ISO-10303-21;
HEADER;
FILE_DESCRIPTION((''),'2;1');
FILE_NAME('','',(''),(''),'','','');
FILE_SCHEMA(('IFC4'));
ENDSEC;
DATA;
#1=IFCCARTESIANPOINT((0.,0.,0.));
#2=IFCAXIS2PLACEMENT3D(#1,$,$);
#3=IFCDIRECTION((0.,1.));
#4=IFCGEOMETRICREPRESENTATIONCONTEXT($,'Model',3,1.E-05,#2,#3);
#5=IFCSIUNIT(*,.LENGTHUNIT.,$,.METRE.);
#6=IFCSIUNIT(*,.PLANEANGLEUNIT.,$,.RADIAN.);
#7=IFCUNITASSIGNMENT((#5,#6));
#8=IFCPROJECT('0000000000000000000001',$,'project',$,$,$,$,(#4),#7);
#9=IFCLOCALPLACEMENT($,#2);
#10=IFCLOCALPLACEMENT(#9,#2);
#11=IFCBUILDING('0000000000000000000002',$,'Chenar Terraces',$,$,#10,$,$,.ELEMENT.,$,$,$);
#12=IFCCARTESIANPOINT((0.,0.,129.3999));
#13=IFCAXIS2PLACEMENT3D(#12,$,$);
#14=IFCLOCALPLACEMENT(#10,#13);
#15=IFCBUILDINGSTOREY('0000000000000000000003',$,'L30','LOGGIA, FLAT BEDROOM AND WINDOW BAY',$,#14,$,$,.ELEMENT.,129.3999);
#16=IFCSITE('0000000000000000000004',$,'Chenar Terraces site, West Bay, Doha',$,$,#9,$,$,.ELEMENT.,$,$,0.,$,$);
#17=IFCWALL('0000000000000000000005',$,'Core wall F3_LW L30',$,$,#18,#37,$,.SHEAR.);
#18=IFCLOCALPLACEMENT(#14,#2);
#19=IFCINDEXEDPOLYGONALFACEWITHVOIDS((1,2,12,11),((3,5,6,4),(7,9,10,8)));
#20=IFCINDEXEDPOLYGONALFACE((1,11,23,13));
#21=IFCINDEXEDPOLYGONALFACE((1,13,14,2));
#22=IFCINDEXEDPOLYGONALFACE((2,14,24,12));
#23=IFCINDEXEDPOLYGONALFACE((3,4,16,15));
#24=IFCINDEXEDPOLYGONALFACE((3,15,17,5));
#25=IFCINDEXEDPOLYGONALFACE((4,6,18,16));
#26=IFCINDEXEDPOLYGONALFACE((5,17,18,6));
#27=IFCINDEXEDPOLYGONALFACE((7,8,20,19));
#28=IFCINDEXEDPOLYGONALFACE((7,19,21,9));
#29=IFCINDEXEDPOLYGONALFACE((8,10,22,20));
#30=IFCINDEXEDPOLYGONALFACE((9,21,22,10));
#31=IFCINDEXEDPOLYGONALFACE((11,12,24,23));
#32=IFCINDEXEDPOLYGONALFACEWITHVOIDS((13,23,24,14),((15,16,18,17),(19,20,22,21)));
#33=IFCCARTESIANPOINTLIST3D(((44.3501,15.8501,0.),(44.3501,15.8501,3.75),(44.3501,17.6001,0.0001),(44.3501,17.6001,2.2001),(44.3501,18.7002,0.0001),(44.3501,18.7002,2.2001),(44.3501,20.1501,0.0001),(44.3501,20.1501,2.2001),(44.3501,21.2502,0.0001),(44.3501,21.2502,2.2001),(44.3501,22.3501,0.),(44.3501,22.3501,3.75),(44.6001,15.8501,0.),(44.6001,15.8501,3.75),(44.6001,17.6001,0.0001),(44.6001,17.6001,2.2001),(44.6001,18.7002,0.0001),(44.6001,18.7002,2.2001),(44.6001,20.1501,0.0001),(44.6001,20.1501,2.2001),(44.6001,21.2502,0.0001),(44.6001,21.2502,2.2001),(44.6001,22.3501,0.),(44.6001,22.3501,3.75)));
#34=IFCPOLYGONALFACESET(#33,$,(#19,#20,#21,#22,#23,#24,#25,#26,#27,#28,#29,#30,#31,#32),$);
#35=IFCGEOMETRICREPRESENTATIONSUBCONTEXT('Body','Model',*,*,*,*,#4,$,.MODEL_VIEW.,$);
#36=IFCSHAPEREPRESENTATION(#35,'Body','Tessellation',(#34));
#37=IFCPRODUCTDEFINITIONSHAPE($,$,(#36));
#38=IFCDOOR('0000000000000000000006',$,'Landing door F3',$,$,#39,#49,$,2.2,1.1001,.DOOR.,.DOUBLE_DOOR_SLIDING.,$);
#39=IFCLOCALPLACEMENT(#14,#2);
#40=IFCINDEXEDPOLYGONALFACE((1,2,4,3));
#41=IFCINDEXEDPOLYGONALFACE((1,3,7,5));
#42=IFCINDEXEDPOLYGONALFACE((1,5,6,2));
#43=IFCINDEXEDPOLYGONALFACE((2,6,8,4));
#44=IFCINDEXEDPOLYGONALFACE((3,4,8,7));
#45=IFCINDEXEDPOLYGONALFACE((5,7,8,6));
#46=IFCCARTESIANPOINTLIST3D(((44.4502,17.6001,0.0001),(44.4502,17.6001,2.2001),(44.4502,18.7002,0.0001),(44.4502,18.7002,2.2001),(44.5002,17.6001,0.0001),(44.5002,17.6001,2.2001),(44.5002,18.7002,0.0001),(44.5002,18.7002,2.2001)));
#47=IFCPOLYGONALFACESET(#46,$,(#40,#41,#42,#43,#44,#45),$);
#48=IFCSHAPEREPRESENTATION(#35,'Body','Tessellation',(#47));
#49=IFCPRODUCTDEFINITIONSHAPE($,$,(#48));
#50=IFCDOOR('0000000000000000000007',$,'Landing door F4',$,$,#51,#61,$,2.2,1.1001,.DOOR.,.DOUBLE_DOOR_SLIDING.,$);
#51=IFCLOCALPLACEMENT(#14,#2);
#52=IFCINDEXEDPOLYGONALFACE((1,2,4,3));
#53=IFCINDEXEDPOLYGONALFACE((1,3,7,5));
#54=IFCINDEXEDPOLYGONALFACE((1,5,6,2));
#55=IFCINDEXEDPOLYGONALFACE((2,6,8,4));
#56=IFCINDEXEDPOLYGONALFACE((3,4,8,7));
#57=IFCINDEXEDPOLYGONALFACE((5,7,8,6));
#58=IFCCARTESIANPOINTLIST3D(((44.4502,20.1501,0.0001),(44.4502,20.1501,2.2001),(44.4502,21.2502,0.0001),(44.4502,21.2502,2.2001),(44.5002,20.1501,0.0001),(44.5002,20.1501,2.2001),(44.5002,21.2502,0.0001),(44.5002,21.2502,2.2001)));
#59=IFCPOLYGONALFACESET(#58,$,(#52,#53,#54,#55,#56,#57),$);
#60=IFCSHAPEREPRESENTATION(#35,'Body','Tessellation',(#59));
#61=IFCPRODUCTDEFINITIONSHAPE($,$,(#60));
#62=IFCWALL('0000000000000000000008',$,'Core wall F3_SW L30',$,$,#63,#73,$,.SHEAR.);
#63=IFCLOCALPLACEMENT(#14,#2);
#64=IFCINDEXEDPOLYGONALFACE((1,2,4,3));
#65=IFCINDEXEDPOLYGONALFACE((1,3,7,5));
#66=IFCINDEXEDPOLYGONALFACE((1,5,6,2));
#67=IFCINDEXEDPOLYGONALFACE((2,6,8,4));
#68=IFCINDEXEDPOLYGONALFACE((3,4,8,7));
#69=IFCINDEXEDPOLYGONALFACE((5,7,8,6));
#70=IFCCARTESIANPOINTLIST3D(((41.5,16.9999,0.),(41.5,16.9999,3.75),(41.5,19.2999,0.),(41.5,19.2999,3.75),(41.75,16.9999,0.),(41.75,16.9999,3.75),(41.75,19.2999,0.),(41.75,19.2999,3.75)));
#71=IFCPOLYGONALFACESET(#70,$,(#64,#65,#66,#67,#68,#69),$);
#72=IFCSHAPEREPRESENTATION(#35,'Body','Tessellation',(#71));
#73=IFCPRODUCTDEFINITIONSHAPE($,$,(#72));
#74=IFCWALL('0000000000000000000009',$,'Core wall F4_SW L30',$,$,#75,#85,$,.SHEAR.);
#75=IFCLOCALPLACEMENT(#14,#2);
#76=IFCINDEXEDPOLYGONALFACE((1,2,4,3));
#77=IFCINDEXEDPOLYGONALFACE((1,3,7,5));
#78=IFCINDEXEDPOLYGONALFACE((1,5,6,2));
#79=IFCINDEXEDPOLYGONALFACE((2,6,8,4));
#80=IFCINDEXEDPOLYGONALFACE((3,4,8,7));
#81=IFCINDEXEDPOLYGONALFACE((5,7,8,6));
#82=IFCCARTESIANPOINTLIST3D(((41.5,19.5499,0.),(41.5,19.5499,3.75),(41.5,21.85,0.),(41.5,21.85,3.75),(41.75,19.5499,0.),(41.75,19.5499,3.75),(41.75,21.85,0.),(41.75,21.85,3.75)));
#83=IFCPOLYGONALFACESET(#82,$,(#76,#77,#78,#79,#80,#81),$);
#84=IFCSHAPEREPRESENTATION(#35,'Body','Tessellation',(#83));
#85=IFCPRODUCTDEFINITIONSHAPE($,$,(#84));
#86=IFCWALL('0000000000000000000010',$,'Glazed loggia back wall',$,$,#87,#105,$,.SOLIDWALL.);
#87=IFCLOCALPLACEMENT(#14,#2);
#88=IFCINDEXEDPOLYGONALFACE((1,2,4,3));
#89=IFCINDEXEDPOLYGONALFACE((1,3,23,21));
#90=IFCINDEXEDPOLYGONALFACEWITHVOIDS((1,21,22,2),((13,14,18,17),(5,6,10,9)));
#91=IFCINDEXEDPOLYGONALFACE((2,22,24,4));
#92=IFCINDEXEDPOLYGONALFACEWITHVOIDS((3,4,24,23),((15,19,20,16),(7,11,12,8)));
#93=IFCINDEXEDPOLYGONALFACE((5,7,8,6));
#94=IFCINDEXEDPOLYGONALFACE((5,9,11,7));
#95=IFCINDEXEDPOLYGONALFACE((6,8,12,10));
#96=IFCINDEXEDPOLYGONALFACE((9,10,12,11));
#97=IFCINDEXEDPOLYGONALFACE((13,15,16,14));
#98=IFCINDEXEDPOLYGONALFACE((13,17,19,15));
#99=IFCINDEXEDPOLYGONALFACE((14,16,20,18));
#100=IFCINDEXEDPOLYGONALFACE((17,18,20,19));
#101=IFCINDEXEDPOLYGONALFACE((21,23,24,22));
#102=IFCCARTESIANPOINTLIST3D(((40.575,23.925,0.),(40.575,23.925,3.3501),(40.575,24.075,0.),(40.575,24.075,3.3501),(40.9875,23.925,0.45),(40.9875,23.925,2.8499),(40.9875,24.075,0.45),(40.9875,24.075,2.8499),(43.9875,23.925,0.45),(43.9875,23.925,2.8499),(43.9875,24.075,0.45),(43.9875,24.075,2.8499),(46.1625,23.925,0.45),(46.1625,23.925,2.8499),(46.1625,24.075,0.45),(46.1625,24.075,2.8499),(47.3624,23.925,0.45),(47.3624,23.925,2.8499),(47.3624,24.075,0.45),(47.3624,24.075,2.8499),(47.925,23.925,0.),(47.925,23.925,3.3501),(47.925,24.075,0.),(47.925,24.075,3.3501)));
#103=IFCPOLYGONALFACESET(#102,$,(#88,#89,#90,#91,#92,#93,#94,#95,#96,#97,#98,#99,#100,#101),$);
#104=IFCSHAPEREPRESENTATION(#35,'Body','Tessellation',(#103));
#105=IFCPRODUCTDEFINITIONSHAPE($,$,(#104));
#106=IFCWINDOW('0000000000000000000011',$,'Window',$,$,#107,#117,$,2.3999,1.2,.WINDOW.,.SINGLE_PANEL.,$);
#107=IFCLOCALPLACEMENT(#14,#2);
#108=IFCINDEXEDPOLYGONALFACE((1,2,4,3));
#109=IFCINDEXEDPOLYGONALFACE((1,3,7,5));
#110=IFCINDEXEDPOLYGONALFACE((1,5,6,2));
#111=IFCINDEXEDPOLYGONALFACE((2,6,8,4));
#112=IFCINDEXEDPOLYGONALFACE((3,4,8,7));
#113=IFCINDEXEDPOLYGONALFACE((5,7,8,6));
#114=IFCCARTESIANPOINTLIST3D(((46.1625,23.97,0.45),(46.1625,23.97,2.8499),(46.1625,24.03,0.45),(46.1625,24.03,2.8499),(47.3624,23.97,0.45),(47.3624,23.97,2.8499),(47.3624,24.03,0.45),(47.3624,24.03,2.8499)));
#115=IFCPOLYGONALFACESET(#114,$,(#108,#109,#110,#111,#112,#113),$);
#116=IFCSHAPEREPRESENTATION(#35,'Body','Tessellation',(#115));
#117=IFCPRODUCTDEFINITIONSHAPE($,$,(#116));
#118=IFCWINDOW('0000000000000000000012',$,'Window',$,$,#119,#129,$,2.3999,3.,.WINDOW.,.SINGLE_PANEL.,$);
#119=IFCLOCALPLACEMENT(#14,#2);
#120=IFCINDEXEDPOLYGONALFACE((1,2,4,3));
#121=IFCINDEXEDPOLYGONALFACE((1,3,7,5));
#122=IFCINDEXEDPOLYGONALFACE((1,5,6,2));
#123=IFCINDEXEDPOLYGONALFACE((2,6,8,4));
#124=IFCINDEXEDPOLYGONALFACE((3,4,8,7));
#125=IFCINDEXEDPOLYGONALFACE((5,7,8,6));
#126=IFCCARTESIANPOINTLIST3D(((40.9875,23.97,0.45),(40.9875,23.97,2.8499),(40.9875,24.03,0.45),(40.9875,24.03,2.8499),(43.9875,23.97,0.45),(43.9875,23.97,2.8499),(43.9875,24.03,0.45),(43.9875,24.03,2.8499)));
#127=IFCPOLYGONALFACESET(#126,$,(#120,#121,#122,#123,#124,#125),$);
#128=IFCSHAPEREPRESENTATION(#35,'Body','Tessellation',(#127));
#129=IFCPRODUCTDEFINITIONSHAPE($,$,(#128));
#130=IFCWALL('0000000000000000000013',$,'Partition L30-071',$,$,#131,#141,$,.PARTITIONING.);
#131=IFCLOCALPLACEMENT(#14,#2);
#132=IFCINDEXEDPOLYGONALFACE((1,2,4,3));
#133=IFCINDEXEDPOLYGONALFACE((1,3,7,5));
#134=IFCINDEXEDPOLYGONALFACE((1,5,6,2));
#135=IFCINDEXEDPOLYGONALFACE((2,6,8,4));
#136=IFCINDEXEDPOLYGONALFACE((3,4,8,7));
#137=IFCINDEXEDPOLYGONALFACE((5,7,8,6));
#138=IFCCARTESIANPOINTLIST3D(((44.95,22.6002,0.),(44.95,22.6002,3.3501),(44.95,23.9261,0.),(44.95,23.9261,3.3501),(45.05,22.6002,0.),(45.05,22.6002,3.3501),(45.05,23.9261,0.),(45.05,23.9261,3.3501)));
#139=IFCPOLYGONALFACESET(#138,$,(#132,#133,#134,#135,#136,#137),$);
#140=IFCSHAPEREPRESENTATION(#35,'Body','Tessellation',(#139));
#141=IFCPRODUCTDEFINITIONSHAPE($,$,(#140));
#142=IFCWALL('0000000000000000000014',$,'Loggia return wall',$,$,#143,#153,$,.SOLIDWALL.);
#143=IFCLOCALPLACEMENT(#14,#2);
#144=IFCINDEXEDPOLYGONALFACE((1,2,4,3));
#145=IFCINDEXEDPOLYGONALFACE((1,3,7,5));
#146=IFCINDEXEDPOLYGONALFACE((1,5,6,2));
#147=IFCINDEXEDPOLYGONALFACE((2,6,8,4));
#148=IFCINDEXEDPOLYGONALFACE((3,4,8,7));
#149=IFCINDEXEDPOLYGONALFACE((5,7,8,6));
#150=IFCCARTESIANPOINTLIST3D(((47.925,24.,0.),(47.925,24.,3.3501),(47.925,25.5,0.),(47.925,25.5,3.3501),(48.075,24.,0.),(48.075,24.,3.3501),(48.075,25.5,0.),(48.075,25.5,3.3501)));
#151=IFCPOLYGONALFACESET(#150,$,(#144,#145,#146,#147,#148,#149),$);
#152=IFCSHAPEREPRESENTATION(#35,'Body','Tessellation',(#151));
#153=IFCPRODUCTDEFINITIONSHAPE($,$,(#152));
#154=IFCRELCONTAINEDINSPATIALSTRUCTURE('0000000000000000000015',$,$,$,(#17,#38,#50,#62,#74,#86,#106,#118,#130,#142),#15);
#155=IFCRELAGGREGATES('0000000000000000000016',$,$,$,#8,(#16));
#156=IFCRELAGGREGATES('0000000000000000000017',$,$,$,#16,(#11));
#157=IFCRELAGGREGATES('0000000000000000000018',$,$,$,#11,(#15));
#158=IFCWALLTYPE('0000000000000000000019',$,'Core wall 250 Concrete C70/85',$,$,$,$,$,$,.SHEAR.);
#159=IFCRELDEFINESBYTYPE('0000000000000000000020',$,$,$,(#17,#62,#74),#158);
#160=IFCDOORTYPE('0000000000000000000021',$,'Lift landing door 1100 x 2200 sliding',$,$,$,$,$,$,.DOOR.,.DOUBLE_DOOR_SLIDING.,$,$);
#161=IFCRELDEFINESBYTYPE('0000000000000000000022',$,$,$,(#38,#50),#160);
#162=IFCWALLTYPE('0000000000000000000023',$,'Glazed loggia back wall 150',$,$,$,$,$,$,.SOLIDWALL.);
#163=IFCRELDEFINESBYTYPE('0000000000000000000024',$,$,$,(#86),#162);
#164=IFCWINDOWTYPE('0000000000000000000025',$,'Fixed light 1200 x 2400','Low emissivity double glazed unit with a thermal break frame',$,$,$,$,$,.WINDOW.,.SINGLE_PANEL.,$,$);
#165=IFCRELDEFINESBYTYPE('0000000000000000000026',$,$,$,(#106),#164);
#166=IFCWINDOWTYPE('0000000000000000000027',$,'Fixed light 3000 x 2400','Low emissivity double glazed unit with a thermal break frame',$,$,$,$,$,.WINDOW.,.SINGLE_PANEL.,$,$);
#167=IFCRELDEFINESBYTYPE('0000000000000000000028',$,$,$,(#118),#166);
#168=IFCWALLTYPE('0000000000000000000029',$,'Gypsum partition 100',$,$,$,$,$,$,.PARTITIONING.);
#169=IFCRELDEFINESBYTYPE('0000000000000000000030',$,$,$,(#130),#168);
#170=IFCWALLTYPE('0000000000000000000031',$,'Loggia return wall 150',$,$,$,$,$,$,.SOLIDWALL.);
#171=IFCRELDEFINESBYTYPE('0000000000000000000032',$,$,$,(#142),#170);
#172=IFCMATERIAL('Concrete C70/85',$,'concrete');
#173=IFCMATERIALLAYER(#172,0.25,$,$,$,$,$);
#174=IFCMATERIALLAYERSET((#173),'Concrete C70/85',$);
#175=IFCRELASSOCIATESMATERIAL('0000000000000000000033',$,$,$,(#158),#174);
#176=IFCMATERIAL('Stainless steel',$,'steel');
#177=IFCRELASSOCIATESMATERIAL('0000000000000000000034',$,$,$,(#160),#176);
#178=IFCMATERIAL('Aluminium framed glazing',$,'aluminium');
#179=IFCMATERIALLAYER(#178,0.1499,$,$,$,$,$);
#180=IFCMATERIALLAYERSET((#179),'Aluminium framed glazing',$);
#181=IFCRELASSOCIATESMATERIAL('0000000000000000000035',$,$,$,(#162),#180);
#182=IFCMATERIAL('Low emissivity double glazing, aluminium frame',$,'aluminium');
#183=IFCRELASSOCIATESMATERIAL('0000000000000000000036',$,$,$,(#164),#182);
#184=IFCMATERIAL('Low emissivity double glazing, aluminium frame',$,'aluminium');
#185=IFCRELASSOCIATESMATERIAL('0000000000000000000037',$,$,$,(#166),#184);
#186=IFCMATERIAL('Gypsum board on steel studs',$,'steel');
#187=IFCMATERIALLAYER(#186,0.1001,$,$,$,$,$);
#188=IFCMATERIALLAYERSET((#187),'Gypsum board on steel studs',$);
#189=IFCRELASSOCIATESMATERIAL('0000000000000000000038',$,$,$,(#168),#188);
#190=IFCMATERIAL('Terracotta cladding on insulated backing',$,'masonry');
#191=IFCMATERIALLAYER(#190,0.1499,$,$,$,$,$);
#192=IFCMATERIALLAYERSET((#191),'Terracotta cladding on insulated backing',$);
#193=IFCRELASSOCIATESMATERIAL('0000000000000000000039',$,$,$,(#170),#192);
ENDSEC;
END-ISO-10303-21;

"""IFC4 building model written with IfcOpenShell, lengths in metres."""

from ifc_helpers import new_model, si_unit, direction, frame, frame_2d, origin, place, context, subcontext, project, spatial, rectangle, extrude, material, layer, layer_set, type_object, element, fill, save


model = new_model("IFC4")

# Units and contexts
model_context = context("Model", 3, precision=1e-05, world=origin(), true_north=direction((0.0, 1.0)))
body_context = subcontext(model_context, "Body", "Model", "MODEL_VIEW")
ifc_project = project(units=[si_unit("LENGTHUNIT", "METRE"), si_unit("PLANEANGLEUNIT", "RADIAN")], contexts=[model_context])

# Site, building, storey
site_placement = place(None, origin())
site = spatial("IfcSite", under=ifc_project, at=site_placement, Name="Chenar Terraces site, West Bay, Doha", CompositionType="ELEMENT", RefElevation=0.0)
building_placement = place(site_placement, origin())
building = spatial("IfcBuilding", under=site, at=building_placement, Name="Chenar Terraces", CompositionType="ELEMENT")
storey_placement = place(building_placement, frame((0.0, 0.0, 129.3999)))
storey = spatial("IfcBuildingStorey", under=building, at=storey_placement, Name="L30", Description="LOGGIA, FLAT BEDROOM AND WINDOW BAY", CompositionType="ELEMENT", Elevation=129.3999)

# Shared definitions
ifc_material_1 = material(Name="Concrete C70/85", Category="concrete")
ifc_layer_1 = layer(ifc_material_1, 0.25)
ifc_layer_set_1 = layer_set([ifc_layer_1], Name="Concrete C70/85")
wall_type_1 = type_object("IfcWallType", Name="Core wall 250 Concrete C70/85", PredefinedType="SHEAR", material=ifc_layer_set_1)

# Wall, openings, doors
wall_1_placement = place(storey_placement, frame((44.4751, 15.8501, 0.0), z_axis=(0.0, 0.0, 1.0), x_axis=(0.0, 1.0, 0.0)))
wall_1 = element("IfcWall", 1, at=wall_1_placement, inside=storey, type_object=wall_type_1, Name="Core wall F3_LW L30", PredefinedType="SHEAR", context=body_context, shape_type="SweptSolid", body=[
    extrude(rectangle(XDim=6.5, YDim=0.25, at=frame_2d((3.25, 0.0))), origin(), (0.0, 0.0, 1.0), 3.75),
])
opening_1_placement = place(wall_1_placement, frame((1.75, 0.0, 0.0)))
opening_1 = element("IfcOpeningElement", 2, at=opening_1_placement, cuts=wall_1, PredefinedType="OPENING", context=body_context, shape_type="SweptSolid", body=[
    extrude(rectangle(XDim=1.1001, YDim=2.2, at=frame_2d((0.55, 1.1001))), frame((0.0, 0.135, 0.0), z_axis=(0.0, -1.0, 0.0), x_axis=(1.0, 0.0, 0.0)), (0.0, 0.0, 1.0), 0.27),
])
opening_2_placement = place(wall_1_placement, frame((4.3, 0.0, 0.0)))
opening_2 = element("IfcOpeningElement", 3, at=opening_2_placement, cuts=wall_1, PredefinedType="OPENING", context=body_context, shape_type="SweptSolid", body=[
    extrude(rectangle(XDim=1.1001, YDim=2.2, at=frame_2d((0.55, 1.1001))), frame((0.0, 0.135, 0.0), z_axis=(0.0, -1.0, 0.0), x_axis=(1.0, 0.0, 0.0)), (0.0, 0.0, 1.0), 0.27),
])
ifc_material_2 = material(Name="Stainless steel", Category="steel")
door_type_1 = type_object("IfcDoorType", Name="Lift landing door 1100 x 2200 sliding", OperationType="DOUBLE_DOOR_SLIDING", PredefinedType="DOOR", material=ifc_material_2)
door_1_placement = place(opening_1_placement, origin())
door_1 = element("IfcDoor", 4, at=door_1_placement, inside=storey, type_object=door_type_1, Name="Landing door F3", OperationType="DOUBLE_DOOR_SLIDING", OverallHeight=2.2, OverallWidth=1.1001, PredefinedType="DOOR", context=body_context, shape_type="SweptSolid", body=[
    extrude(rectangle(XDim=1.1001, YDim=2.2, at=frame_2d((0.55, 1.1001))), frame((0.0, 0.0249, 0.0), z_axis=(0.0, -1.0, 0.0), x_axis=(1.0, 0.0, 0.0)), (0.0, 0.0, 1.0), 0.05),
])
fill(opening_1, door_1)
door_2_placement = place(opening_2_placement, origin())
door_2 = element("IfcDoor", 5, at=door_2_placement, inside=storey, type_object=door_type_1, Name="Landing door F4", OperationType="DOUBLE_DOOR_SLIDING", OverallHeight=2.2, OverallWidth=1.1001, PredefinedType="DOOR", context=body_context, shape_type="SweptSolid", body=[
    extrude(rectangle(XDim=1.1001, YDim=2.2, at=frame_2d((0.55, 1.1001))), frame((0.0, 0.0249, 0.0), z_axis=(0.0, -1.0, 0.0), x_axis=(1.0, 0.0, 0.0)), (0.0, 0.0, 1.0), 0.05),
])
fill(opening_2, door_2)

# Walls
for number, where, z_axis, x_axis, name in (
    (6, (41.625, 17.0, 0.0), (0.0, 0.0, 1.0), (0.0, 1.0, 0.0), "Core wall F3_SW L30"),
    (7, (41.625, 19.55, 0.0), (0.0, 0.0, 1.0), (0.0, 1.0, 0.0), "Core wall F4_SW L30"),
):
    element("IfcWall", number, at=place(storey_placement, frame(where, z_axis=z_axis, x_axis=x_axis)), inside=storey, type_object=wall_type_1, Name=name, PredefinedType="SHEAR", context=body_context, shape_type="SweptSolid", body=[
        extrude(rectangle(XDim=2.3, YDim=0.25, at=frame_2d((1.1499, 0.0))), origin(), (0.0, 0.0, 1.0), 3.75),
    ])

# Wall, openings, windows
ifc_material_3 = material(Name="Aluminium framed glazing", Category="aluminium")
ifc_layer_2 = layer(ifc_material_3, 0.1499)
ifc_layer_set_2 = layer_set([ifc_layer_2], Name="Aluminium framed glazing")
wall_type_2 = type_object("IfcWallType", Name="Glazed loggia back wall 150", PredefinedType="SOLIDWALL", material=ifc_layer_set_2)
wall_2_placement = place(storey_placement, frame((47.925, 24.0, 0.0), z_axis=(0.0, 0.0, 1.0), x_axis=(-1.0, 0.0, 0.0)))
wall_2 = element("IfcWall", 8, at=wall_2_placement, inside=storey, type_object=wall_type_2, Name="Glazed loggia back wall", PredefinedType="SOLIDWALL", context=body_context, shape_type="SweptSolid", body=[
    extrude(rectangle(XDim=7.3501, YDim=0.1499, at=frame_2d((3.675, 0.0))), origin(), (0.0, 0.0, 1.0), 3.3501),
])
opening_3_placement = place(wall_2_placement, frame((0.5625, 0.0, 0.45)))
opening_3 = element("IfcOpeningElement", 9, at=opening_3_placement, cuts=wall_2, PredefinedType="OPENING", context=body_context, shape_type="SweptSolid", body=[
    extrude(rectangle(XDim=1.2, YDim=2.3999, at=frame_2d((0.6001, 1.2))), frame((0.0, 0.085, 0.0), z_axis=(0.0, -1.0, 0.0), x_axis=(1.0, 0.0, 0.0)), (0.0, 0.0, 1.0), 0.1699),
])
opening_4_placement = place(wall_2_placement, frame((3.9375, 0.0, 0.45)))
opening_4 = element("IfcOpeningElement", 10, at=opening_4_placement, cuts=wall_2, PredefinedType="OPENING", context=body_context, shape_type="SweptSolid", body=[
    extrude(rectangle(XDim=3.0, YDim=2.3999, at=frame_2d((1.5, 1.2))), frame((0.0, 0.085, 0.0), z_axis=(0.0, -1.0, 0.0), x_axis=(1.0, 0.0, 0.0)), (0.0, 0.0, 1.0), 0.1699),
])
ifc_material_4 = material(Name="Low emissivity double glazing, aluminium frame", Category="aluminium")
window_type_1 = type_object("IfcWindowType", Name="Fixed light 1200 x 2400", Description="Low emissivity double glazed unit with a thermal break frame", PartitioningType="SINGLE_PANEL", PredefinedType="WINDOW", material=ifc_material_4)
window_1_placement = place(opening_3_placement, origin())
window_1 = element("IfcWindow", 11, at=window_1_placement, inside=storey, type_object=window_type_1, Name="Window", OverallHeight=2.3999, OverallWidth=1.2, PartitioningType="SINGLE_PANEL", PredefinedType="WINDOW", context=body_context, shape_type="SweptSolid", body=[
    extrude(rectangle(XDim=1.2, YDim=2.3999, at=frame_2d((0.6001, 1.2))), frame((0.0, 0.03, 0.0), z_axis=(0.0, -1.0, 0.0), x_axis=(1.0, 0.0, 0.0)), (0.0, 0.0, 1.0), 0.0601),
])
fill(opening_3, window_1)
ifc_material_5 = material(Name="Low emissivity double glazing, aluminium frame", Category="aluminium")
window_type_2 = type_object("IfcWindowType", Name="Fixed light 3000 x 2400", Description="Low emissivity double glazed unit with a thermal break frame", PartitioningType="SINGLE_PANEL", PredefinedType="WINDOW", material=ifc_material_5)
window_2_placement = place(opening_4_placement, origin())
window_2 = element("IfcWindow", 12, at=window_2_placement, inside=storey, type_object=window_type_2, Name="Window", OverallHeight=2.3999, OverallWidth=3.0, PartitioningType="SINGLE_PANEL", PredefinedType="WINDOW", context=body_context, shape_type="SweptSolid", body=[
    extrude(rectangle(XDim=3.0, YDim=2.3999, at=frame_2d((1.5, 1.2))), frame((0.0, 0.03, 0.0), z_axis=(0.0, -1.0, 0.0), x_axis=(1.0, 0.0, 0.0)), (0.0, 0.0, 1.0), 0.0601),
])
fill(opening_4, window_2)

# Walls
ifc_material_6 = material(Name="Gypsum board on steel studs", Category="steel")
ifc_layer_3 = layer(ifc_material_6, 0.1001)
ifc_layer_set_3 = layer_set([ifc_layer_3], Name="Gypsum board on steel studs")
wall_type_3 = type_object("IfcWallType", Name="Gypsum partition 100", PredefinedType="PARTITIONING", material=ifc_layer_set_3)
wall_3_placement = place(storey_placement, frame((45.0, 22.6001, 0.0), z_axis=(0.0, 0.0, 1.0), x_axis=(0.0, 1.0, 0.0)))
element("IfcWall", 13, at=wall_3_placement, inside=storey, type_object=wall_type_3, Name="Partition L30-071", PredefinedType="PARTITIONING", context=body_context, shape_type="SweptSolid", body=[
    extrude(rectangle(XDim=1.3259, YDim=0.1001, at=frame_2d((0.6631, 0.0))), origin(), (0.0, 0.0, 1.0), 3.3501),
])
ifc_material_7 = material(Name="Terracotta cladding on insulated backing", Category="masonry")
ifc_layer_4 = layer(ifc_material_7, 0.1499)
ifc_layer_set_4 = layer_set([ifc_layer_4], Name="Terracotta cladding on insulated backing")
wall_type_4 = type_object("IfcWallType", Name="Loggia return wall 150", PredefinedType="SOLIDWALL", material=ifc_layer_set_4)
wall_4_placement = place(storey_placement, frame((48.0, 25.5, 0.0), z_axis=(0.0, 0.0, 1.0), x_axis=(0.0, -1.0, 0.0)))
element("IfcWall", 14, at=wall_4_placement, inside=storey, type_object=wall_type_4, Name="Loggia return wall", PredefinedType="SOLIDWALL", context=body_context, shape_type="SweptSolid", body=[
    extrude(rectangle(XDim=1.5, YDim=0.1499, at=frame_2d((0.75, 0.0))), origin(), (0.0, 0.0, 1.0), 3.3501),
])

save(model, "model.ifc")
